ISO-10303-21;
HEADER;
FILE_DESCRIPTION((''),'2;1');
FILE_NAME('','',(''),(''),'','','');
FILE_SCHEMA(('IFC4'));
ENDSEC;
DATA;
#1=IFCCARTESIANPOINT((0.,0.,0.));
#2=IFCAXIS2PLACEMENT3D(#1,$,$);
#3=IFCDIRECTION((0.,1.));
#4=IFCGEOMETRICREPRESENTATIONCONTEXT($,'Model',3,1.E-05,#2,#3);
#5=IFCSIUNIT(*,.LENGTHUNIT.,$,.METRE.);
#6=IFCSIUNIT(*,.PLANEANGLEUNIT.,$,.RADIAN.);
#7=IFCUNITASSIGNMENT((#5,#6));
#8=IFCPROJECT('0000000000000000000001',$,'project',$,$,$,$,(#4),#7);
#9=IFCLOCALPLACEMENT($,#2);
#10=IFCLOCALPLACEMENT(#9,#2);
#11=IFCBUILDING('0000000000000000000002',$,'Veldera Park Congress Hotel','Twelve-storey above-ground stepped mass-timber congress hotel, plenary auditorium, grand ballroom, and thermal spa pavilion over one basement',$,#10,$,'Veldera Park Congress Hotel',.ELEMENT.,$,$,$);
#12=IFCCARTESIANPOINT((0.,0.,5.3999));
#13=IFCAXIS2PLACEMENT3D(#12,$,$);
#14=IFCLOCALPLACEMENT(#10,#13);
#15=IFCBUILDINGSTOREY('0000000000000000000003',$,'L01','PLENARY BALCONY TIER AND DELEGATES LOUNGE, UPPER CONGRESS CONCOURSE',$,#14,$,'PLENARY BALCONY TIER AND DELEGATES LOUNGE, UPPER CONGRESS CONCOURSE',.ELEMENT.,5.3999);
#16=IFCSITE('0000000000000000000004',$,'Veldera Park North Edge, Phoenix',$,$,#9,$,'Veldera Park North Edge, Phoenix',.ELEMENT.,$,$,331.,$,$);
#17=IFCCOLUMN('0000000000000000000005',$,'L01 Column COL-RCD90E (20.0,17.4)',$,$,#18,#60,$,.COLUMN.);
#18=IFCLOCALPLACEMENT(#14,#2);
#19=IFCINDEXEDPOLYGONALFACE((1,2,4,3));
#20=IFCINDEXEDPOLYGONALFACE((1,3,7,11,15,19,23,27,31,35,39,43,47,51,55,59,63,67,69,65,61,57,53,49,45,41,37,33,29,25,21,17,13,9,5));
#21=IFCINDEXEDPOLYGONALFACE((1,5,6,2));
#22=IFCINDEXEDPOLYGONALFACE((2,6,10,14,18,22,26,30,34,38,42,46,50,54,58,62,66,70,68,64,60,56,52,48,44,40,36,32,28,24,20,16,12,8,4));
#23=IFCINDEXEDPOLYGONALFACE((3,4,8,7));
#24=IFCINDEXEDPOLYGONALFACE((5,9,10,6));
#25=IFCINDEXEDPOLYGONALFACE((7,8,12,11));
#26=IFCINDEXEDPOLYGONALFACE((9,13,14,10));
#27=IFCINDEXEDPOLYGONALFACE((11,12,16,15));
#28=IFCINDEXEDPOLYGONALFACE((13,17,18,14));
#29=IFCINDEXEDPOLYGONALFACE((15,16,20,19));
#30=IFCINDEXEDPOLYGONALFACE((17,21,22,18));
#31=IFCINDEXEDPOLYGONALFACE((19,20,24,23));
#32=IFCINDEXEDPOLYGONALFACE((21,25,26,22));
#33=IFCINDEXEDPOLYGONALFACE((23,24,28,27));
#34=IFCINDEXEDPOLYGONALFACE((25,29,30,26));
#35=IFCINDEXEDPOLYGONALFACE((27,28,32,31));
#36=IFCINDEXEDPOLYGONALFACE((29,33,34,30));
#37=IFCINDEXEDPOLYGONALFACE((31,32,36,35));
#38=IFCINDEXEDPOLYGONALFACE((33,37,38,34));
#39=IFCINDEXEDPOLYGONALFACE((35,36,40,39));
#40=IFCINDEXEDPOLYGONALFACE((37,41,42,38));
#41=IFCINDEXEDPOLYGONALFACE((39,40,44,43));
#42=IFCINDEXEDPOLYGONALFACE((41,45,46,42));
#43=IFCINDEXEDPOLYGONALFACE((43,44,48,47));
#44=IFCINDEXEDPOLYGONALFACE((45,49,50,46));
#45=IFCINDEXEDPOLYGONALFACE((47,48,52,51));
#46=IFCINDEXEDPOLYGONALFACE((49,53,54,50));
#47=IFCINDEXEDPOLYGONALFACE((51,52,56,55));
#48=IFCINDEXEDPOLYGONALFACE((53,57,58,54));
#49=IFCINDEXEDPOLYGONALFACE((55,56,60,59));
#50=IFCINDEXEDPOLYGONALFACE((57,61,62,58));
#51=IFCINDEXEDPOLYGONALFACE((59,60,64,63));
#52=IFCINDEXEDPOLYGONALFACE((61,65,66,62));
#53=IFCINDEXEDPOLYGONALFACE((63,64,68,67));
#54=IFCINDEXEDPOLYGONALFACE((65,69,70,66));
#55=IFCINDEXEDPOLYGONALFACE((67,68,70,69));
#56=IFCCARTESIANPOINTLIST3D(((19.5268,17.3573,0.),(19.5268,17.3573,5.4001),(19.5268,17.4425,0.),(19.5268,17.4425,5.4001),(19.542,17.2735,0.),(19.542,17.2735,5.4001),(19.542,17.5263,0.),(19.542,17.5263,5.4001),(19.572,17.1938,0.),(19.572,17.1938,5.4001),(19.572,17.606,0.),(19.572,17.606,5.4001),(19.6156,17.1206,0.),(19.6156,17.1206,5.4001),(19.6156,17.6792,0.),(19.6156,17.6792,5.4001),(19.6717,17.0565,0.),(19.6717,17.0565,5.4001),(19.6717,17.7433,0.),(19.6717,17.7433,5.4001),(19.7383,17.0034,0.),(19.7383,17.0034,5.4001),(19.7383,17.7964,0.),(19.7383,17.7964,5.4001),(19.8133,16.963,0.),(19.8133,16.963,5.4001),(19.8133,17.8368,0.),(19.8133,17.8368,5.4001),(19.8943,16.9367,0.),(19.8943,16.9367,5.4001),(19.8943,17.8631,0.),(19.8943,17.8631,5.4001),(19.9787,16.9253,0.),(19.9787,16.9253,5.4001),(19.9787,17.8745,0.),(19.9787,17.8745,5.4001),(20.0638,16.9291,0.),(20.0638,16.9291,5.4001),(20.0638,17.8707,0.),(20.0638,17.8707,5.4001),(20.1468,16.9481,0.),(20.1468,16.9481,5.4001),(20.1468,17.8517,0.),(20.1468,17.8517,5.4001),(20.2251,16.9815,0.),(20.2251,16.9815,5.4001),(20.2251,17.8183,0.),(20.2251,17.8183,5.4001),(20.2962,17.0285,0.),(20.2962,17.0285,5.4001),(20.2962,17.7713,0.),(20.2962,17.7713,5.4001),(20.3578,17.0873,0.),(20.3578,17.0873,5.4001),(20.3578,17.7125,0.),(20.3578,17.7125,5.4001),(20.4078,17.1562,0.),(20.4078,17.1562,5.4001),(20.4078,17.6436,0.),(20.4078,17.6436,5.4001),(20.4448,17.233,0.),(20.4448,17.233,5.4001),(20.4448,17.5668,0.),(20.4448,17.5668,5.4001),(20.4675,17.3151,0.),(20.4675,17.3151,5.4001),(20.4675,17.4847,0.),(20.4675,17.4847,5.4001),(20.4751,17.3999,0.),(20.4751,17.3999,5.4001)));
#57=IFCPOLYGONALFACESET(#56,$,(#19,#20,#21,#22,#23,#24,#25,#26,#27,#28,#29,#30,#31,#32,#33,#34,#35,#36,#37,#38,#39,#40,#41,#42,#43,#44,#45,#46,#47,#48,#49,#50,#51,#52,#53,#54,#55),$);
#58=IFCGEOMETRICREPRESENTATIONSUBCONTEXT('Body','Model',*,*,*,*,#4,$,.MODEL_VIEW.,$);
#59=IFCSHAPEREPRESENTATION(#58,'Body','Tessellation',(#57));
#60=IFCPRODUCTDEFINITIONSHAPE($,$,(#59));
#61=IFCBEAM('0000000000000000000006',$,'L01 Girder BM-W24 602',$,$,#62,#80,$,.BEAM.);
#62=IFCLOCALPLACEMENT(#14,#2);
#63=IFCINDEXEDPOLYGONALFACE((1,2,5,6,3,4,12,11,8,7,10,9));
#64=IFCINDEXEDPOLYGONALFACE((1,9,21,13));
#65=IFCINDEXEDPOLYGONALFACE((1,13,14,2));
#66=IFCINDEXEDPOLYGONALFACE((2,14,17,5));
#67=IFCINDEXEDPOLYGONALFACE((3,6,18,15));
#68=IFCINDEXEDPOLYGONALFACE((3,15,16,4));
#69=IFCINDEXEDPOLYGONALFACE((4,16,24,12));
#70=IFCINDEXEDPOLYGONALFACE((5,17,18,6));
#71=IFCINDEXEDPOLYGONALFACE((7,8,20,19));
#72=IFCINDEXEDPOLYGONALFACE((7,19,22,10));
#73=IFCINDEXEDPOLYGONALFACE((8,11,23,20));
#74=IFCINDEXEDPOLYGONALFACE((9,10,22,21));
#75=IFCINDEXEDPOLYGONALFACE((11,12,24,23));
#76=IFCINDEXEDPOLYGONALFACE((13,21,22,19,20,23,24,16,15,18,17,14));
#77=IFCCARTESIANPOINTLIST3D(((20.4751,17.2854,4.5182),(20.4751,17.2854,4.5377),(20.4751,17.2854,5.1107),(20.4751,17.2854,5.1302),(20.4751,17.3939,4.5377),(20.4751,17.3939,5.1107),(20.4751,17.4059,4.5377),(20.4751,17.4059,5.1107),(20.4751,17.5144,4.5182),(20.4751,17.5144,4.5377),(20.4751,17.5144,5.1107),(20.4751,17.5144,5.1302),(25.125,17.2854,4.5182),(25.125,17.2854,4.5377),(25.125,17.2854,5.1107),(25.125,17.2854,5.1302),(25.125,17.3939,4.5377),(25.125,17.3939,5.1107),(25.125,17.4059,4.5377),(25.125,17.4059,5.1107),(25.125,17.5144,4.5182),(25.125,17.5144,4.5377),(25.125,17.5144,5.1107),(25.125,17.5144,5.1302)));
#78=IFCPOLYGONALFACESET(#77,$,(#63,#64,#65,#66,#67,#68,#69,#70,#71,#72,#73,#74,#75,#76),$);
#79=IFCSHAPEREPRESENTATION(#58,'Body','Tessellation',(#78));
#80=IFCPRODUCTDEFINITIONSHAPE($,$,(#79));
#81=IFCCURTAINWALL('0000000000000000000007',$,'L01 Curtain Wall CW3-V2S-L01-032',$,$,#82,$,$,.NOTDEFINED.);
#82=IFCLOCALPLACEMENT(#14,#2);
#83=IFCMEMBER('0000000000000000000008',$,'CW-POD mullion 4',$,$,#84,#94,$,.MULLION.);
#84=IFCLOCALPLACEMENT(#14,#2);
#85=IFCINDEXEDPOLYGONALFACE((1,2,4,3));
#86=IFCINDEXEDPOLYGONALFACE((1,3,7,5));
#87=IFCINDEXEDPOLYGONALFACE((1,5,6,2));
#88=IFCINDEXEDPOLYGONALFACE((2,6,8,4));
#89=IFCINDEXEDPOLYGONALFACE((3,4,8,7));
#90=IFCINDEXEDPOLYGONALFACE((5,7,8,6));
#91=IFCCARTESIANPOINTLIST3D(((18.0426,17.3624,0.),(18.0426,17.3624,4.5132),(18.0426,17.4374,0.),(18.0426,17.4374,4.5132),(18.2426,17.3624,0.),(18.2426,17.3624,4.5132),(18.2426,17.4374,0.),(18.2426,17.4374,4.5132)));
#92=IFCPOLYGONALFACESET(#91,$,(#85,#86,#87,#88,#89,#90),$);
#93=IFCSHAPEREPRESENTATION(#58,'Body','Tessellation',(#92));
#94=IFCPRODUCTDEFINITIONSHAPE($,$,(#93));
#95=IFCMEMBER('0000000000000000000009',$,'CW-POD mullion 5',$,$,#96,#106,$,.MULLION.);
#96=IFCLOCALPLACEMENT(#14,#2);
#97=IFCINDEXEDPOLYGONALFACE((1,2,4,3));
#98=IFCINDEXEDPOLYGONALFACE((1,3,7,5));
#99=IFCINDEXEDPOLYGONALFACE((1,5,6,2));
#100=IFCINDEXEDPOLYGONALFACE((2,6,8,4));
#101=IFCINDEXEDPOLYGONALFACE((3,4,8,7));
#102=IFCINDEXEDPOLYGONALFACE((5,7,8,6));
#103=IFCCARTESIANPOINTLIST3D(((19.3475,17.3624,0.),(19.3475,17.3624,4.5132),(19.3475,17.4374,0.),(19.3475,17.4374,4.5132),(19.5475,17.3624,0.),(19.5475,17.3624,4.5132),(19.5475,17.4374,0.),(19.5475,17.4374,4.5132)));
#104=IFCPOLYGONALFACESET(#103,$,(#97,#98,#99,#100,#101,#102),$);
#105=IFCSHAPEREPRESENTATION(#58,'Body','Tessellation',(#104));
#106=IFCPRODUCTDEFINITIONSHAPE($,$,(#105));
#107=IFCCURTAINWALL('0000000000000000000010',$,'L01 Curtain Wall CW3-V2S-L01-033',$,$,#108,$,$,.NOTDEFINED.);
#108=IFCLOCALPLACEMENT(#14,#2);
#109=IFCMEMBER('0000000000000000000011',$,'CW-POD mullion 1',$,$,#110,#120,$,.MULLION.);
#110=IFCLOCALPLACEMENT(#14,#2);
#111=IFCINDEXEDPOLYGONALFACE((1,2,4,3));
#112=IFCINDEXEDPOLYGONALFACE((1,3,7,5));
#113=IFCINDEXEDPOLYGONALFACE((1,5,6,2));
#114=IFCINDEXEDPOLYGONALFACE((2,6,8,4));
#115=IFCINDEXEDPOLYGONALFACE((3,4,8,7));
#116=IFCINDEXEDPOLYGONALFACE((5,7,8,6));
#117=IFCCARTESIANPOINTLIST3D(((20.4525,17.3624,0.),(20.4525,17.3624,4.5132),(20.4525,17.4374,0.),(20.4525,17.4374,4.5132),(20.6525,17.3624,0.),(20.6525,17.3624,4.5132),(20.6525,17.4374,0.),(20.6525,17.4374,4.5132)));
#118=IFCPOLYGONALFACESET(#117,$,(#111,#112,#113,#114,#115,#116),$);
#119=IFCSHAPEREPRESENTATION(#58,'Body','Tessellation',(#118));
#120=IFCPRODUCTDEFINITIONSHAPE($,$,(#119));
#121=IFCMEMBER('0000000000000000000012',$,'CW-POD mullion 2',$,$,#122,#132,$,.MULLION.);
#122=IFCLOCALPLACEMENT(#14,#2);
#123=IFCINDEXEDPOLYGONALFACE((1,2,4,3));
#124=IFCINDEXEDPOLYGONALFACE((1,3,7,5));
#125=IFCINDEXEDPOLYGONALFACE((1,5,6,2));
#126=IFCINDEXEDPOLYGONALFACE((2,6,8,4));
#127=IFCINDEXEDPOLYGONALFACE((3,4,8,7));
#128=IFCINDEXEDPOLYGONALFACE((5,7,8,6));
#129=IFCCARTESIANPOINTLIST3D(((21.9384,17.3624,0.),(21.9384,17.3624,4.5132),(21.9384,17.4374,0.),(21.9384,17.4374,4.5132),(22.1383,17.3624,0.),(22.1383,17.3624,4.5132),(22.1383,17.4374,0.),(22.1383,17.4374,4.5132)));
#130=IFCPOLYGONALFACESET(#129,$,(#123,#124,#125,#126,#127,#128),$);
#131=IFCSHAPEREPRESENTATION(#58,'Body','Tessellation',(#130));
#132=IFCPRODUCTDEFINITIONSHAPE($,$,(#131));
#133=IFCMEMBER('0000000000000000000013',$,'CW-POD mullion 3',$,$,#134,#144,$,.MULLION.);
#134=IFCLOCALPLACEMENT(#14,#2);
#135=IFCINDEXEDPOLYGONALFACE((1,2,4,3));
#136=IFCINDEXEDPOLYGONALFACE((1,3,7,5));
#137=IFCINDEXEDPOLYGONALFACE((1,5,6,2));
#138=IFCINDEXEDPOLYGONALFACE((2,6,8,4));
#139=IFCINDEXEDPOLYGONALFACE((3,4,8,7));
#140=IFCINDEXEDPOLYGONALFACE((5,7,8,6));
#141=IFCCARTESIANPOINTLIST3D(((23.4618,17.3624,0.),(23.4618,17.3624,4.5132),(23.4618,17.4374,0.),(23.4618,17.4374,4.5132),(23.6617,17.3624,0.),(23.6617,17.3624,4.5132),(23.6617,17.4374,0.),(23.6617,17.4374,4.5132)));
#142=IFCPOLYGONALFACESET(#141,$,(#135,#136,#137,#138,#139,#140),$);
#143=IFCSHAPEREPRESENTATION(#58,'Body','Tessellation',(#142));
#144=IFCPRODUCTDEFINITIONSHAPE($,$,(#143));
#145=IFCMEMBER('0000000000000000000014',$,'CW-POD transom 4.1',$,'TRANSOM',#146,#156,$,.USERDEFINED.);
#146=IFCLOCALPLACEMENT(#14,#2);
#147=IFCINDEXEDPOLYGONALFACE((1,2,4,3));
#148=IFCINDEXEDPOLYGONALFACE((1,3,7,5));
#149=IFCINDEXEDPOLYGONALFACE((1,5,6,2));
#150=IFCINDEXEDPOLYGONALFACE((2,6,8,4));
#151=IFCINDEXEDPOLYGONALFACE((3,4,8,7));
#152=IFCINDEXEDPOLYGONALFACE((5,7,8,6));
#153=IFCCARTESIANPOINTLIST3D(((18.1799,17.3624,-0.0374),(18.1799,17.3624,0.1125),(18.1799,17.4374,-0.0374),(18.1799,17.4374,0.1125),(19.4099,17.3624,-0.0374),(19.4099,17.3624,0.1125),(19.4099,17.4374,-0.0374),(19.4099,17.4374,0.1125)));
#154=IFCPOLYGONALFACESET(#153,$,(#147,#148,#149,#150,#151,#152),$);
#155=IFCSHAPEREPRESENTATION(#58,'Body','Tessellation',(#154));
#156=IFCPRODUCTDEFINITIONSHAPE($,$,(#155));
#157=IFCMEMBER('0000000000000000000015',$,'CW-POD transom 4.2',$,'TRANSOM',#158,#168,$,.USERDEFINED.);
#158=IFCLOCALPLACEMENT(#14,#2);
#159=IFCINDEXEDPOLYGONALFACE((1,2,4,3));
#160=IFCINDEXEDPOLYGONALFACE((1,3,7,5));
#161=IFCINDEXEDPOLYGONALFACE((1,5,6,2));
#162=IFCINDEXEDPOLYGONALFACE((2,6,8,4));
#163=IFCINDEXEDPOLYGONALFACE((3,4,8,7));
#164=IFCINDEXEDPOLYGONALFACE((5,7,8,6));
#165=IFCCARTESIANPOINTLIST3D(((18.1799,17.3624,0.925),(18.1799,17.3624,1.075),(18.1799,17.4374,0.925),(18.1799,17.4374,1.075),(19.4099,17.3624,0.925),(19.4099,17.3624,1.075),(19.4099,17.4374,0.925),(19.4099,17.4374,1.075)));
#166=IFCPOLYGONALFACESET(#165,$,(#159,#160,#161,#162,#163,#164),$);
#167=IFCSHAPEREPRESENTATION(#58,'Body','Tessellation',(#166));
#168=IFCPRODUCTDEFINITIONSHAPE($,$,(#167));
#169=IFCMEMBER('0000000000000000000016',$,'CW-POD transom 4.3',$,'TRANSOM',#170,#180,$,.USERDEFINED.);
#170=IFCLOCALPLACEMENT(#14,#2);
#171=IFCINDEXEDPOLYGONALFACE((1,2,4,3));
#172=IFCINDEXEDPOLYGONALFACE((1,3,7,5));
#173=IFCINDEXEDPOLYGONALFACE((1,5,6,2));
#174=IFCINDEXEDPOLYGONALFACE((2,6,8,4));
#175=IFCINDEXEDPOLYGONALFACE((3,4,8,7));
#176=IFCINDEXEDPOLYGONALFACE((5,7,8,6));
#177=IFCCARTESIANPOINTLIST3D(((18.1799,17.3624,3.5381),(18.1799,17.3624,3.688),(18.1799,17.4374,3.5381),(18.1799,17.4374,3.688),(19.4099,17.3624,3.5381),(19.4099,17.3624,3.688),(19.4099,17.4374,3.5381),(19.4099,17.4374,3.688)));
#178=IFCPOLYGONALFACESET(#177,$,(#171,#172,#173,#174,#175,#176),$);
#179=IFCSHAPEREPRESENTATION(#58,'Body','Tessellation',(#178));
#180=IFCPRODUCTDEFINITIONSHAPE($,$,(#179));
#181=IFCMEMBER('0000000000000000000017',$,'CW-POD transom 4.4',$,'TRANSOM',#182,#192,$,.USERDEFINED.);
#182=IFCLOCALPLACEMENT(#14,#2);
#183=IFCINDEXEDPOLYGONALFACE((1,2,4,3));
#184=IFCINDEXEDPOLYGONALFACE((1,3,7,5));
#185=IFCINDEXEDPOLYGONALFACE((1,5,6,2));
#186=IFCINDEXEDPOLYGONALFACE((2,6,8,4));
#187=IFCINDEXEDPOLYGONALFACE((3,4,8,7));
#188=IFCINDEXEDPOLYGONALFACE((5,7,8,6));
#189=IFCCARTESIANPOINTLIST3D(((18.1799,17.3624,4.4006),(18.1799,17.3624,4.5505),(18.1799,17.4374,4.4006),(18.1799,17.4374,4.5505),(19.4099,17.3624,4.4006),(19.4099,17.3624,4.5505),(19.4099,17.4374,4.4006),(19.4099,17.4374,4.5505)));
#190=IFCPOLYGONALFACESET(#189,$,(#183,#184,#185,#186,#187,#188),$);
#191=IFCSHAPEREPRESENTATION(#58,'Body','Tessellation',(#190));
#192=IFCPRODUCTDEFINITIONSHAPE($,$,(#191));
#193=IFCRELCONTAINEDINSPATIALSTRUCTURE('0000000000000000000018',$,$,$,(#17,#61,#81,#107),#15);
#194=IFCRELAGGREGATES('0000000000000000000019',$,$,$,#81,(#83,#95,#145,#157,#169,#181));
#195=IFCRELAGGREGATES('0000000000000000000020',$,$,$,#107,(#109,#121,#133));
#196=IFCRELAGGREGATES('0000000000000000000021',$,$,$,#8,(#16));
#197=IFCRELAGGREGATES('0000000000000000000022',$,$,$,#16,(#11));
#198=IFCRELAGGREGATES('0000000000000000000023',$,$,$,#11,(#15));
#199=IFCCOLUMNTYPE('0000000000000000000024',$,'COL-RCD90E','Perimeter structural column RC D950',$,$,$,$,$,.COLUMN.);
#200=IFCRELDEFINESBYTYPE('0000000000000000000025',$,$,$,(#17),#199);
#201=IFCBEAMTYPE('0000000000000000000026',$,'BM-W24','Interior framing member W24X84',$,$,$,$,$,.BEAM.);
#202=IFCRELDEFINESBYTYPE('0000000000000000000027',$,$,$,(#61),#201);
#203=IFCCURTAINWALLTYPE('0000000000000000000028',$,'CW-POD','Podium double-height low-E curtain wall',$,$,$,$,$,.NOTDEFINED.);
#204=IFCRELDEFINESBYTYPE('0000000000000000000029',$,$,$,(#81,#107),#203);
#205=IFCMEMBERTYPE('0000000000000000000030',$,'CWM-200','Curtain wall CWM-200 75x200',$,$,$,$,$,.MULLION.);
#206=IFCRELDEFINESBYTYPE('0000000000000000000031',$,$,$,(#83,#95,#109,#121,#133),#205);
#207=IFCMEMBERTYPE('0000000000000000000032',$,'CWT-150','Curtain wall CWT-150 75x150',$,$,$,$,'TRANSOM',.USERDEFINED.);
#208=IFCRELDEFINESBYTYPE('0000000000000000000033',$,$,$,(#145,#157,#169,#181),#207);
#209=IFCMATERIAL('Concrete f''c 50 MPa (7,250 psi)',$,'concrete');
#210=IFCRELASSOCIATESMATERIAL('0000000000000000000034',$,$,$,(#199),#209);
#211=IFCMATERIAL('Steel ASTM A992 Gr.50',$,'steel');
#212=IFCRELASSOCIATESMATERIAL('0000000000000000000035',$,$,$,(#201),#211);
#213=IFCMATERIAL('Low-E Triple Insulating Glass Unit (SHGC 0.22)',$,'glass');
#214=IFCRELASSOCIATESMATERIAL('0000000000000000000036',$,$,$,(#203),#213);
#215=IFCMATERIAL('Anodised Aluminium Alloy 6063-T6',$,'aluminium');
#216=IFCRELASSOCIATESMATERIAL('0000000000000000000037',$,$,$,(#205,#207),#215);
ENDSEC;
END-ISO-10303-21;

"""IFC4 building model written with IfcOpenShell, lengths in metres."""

from ifc_helpers import new_model, si_unit, direction, frame, origin, origin_2d, place, context, subcontext, project, spatial, rectangle, circle, i_section, extrude, material, material_profile, profile_set, type_object, element, aggregate, save


model = new_model("IFC4")

# Units and contexts
model_context = context("Model", 3, precision=1e-05, world=origin(), true_north=direction((0.0, 1.0)))
body_context = subcontext(model_context, "Body", "Model", "MODEL_VIEW")
ifc_project = project(units=[si_unit("LENGTHUNIT", "METRE"), si_unit("PLANEANGLEUNIT", "RADIAN")], contexts=[model_context])

# Site, building, storey
site_placement = place(None, origin())
site = spatial("IfcSite", under=ifc_project, at=site_placement, Name="Veldera Park North Edge, Phoenix", LongName="Veldera Park North Edge, Phoenix", CompositionType="ELEMENT", RefElevation=331.0)
building_placement = place(site_placement, origin())
building = spatial("IfcBuilding", under=site, at=building_placement, Name="Veldera Park Congress Hotel", Description="Twelve-storey above-ground stepped mass-timber congress hotel, plenary auditorium, grand ballroom, and thermal spa pavilion over one basement", LongName="Veldera Park Congress Hotel", CompositionType="ELEMENT")
storey_placement = place(building_placement, frame((0.0, 0.0, 5.3999)))
storey = spatial("IfcBuildingStorey", under=building, at=storey_placement, Name="L01", Description="PLENARY BALCONY TIER AND DELEGATES LOUNGE, UPPER CONGRESS CONCOURSE", LongName="PLENARY BALCONY TIER AND DELEGATES LOUNGE, UPPER CONGRESS CONCOURSE", CompositionType="ELEMENT", Elevation=5.3999)

# Column
ifc_material_1 = material(Name="Concrete f'c 50 MPa (7,250 psi)", Category="concrete")
ifc_material_profile_1 = material_profile(ifc_material_1, circle(Radius=0.4751, at=origin_2d()), Name="RC D950")
ifc_profile_set_1 = profile_set([ifc_material_profile_1], Name="Concrete f'c 50 MPa (7,250 psi)")
column_type = type_object("IfcColumnType", Name="COL-RCD90E", Description="Perimeter structural column RC D950", PredefinedType="COLUMN", material=ifc_profile_set_1)
column_placement = place(storey_placement, frame((20.0, 17.3999, 0.0), z_axis=(0.0, 0.0, 1.0), x_axis=(1.0, 0.0, 0.0)))
element("IfcColumn", 1, at=column_placement, inside=storey, type_object=column_type, Name="L01 Column COL-RCD90E (20.0,17.4)", PredefinedType="COLUMN", context=body_context, shape_type="SweptSolid", body=[
    extrude(circle(Radius=0.4751, at=origin_2d()), origin(), (0.0, 0.0, 1.0), 5.4001),
])

# Beam
ifc_material_2 = material(Name="Steel ASTM A992 Gr.50", Category="steel")
ifc_material_profile_2 = material_profile(ifc_material_2, i_section(OverallWidth=0.229, OverallDepth=0.6121, WebThickness=0.012, FlangeThickness=0.0195, at=origin_2d()), Name="W24X84")
ifc_profile_set_2 = profile_set([ifc_material_profile_2], Name="Steel ASTM A992 Gr.50")
beam_type = type_object("IfcBeamType", Name="BM-W24", Description="Interior framing member W24X84", PredefinedType="BEAM", material=ifc_profile_set_2)
beam_placement = place(storey_placement, frame((20.4751, 17.3999, 4.8242), z_axis=(1.0, 0.0, 0.0), x_axis=(0.0, 1.0, 0.0)))
element("IfcBeam", 2, at=beam_placement, inside=storey, type_object=beam_type, Name="L01 Girder BM-W24 602", PredefinedType="BEAM", context=body_context, shape_type="SweptSolid", body=[
    extrude(i_section(OverallWidth=0.229, OverallDepth=0.6121, WebThickness=0.012, FlangeThickness=0.0195, at=origin_2d()), origin(), (0.0, 0.0, 1.0), 4.6499),
])

# Curtain walls, members
ifc_material_3 = material(Name="Low-E Triple Insulating Glass Unit (SHGC 0.22)", Category="glass")
curtain_wall_type = type_object("IfcCurtainWallType", Name="CW-POD", Description="Podium double-height low-E curtain wall", PredefinedType="NOTDEFINED", material=ifc_material_3)
curtain_wall_1_placement = place(storey_placement, origin())
curtain_wall_1 = element("IfcCurtainWall", 3, at=curtain_wall_1_placement, inside=storey, type_object=curtain_wall_type, Name="L01 Curtain Wall CW3-V2S-L01-032", PredefinedType="NOTDEFINED")
ifc_material_4 = material(Name="Anodised Aluminium Alloy 6063-T6", Category="aluminium")
ifc_material_profile_3 = material_profile(ifc_material_4, rectangle(XDim=0.075, YDim=0.2, at=origin_2d()), Name="ALU 75x200")
ifc_profile_set_3 = profile_set([ifc_material_profile_3], Name="Anodised Aluminium Alloy 6063-T6")
member_type_1 = type_object("IfcMemberType", Name="CWM-200", Description="Curtain wall CWM-200 75x200", PredefinedType="MULLION", material=ifc_profile_set_3)
member_1_placement = place(storey_placement, frame((18.1426, 17.3999, 0.0), z_axis=(0.0, 0.0, 1.0), x_axis=(0.0, 1.0, 0.0)))
member_1 = element("IfcMember", 4, at=member_1_placement, type_object=member_type_1, Name="CW-POD mullion 4", PredefinedType="MULLION", context=body_context, shape_type="SweptSolid", body=[
    extrude(rectangle(XDim=0.075, YDim=0.2, at=origin_2d()), origin(), (0.0, 0.0, 1.0), 4.5132),
])
member_2_placement = place(storey_placement, frame((19.4475, 17.3999, 0.0), z_axis=(0.0, 0.0, 1.0), x_axis=(0.0, 1.0, 0.0)))
member_2 = element("IfcMember", 5, at=member_2_placement, type_object=member_type_1, Name="CW-POD mullion 5", PredefinedType="MULLION", context=body_context, shape_type="SweptSolid", body=[
    extrude(rectangle(XDim=0.075, YDim=0.2, at=origin_2d()), origin(), (0.0, 0.0, 1.0), 4.5132),
])
curtain_wall_2_placement = place(storey_placement, origin())
curtain_wall_2 = element("IfcCurtainWall", 6, at=curtain_wall_2_placement, inside=storey, type_object=curtain_wall_type, Name="L01 Curtain Wall CW3-V2S-L01-033", PredefinedType="NOTDEFINED")
member_3_placement = place(storey_placement, frame((20.5525, 17.3999, 0.0), z_axis=(0.0, 0.0, 1.0), x_axis=(0.0, 1.0, 0.0)))
member_3 = element("IfcMember", 7, at=member_3_placement, type_object=member_type_1, Name="CW-POD mullion 1", PredefinedType="MULLION", context=body_context, shape_type="SweptSolid", body=[
    extrude(rectangle(XDim=0.075, YDim=0.2, at=origin_2d()), origin(), (0.0, 0.0, 1.0), 4.5132),
])
member_4_placement = place(storey_placement, frame((22.0383, 17.3999, 0.0), z_axis=(0.0, 0.0, 1.0), x_axis=(0.0, 1.0, 0.0)))
member_4 = element("IfcMember", 8, at=member_4_placement, type_object=member_type_1, Name="CW-POD mullion 2", PredefinedType="MULLION", context=body_context, shape_type="SweptSolid", body=[
    extrude(rectangle(XDim=0.075, YDim=0.2, at=origin_2d()), origin(), (0.0, 0.0, 1.0), 4.5132),
])
member_5_placement = place(storey_placement, frame((23.5618, 17.3999, 0.0), z_axis=(0.0, 0.0, 1.0), x_axis=(0.0, 1.0, 0.0)))
member_5 = element("IfcMember", 9, at=member_5_placement, type_object=member_type_1, Name="CW-POD mullion 3", PredefinedType="MULLION", context=body_context, shape_type="SweptSolid", body=[
    extrude(rectangle(XDim=0.075, YDim=0.2, at=origin_2d()), origin(), (0.0, 0.0, 1.0), 4.5132),
])

# Members
ifc_material_profile_4 = material_profile(ifc_material_4, rectangle(XDim=0.075, YDim=0.1499, at=origin_2d()), Name="ALU 75x150")
ifc_profile_set_4 = profile_set([ifc_material_profile_4], Name="Anodised Aluminium Alloy 6063-T6")
member_type_2 = type_object("IfcMemberType", Name="CWT-150", Description="Curtain wall CWT-150 75x150", ElementType="TRANSOM", PredefinedType="USERDEFINED", material=ifc_profile_set_4)
member_6_placement = place(storey_placement, frame((18.1799, 17.3999, 0.0376), z_axis=(1.0, 0.0, 0.0), x_axis=(0.0, 1.0, 0.0)))
member_6 = element("IfcMember", 10, at=member_6_placement, type_object=member_type_2, Name="CW-POD transom 4.1", ObjectType="TRANSOM", PredefinedType="USERDEFINED", context=body_context, shape_type="SweptSolid", body=[
    extrude(rectangle(XDim=0.075, YDim=0.1499, at=origin_2d()), origin(), (0.0, 0.0, 1.0), 1.23),
])
member_7_placement = place(storey_placement, frame((18.1799, 17.3999, 1.0), z_axis=(1.0, 0.0, 0.0), x_axis=(0.0, 1.0, 0.0)))
member_7 = element("IfcMember", 11, at=member_7_placement, type_object=member_type_2, Name="CW-POD transom 4.2", ObjectType="TRANSOM", PredefinedType="USERDEFINED", context=body_context, shape_type="SweptSolid", body=[
    extrude(rectangle(XDim=0.075, YDim=0.1499, at=origin_2d()), origin(), (0.0, 0.0, 1.0), 1.23),
])
member_8_placement = place(storey_placement, frame((18.1799, 17.3999, 3.613), z_axis=(1.0, 0.0, 0.0), x_axis=(0.0, 1.0, 0.0)))
member_8 = element("IfcMember", 12, at=member_8_placement, type_object=member_type_2, Name="CW-POD transom 4.3", ObjectType="TRANSOM", PredefinedType="USERDEFINED", context=body_context, shape_type="SweptSolid", body=[
    extrude(rectangle(XDim=0.075, YDim=0.1499, at=origin_2d()), origin(), (0.0, 0.0, 1.0), 1.23),
])
member_9_placement = place(storey_placement, frame((18.1799, 17.3999, 4.4756), z_axis=(1.0, 0.0, 0.0), x_axis=(0.0, 1.0, 0.0)))
member_9 = element("IfcMember", 13, at=member_9_placement, type_object=member_type_2, Name="CW-POD transom 4.4", ObjectType="TRANSOM", PredefinedType="USERDEFINED", context=body_context, shape_type="SweptSolid", body=[
    extrude(rectangle(XDim=0.075, YDim=0.1499, at=origin_2d()), origin(), (0.0, 0.0, 1.0), 1.23),
])

aggregate(curtain_wall_1, [member_1, member_2, member_6, member_7, member_8, member_9])
aggregate(curtain_wall_2, [member_3, member_4, member_5])

save(model, "model.ifc")
